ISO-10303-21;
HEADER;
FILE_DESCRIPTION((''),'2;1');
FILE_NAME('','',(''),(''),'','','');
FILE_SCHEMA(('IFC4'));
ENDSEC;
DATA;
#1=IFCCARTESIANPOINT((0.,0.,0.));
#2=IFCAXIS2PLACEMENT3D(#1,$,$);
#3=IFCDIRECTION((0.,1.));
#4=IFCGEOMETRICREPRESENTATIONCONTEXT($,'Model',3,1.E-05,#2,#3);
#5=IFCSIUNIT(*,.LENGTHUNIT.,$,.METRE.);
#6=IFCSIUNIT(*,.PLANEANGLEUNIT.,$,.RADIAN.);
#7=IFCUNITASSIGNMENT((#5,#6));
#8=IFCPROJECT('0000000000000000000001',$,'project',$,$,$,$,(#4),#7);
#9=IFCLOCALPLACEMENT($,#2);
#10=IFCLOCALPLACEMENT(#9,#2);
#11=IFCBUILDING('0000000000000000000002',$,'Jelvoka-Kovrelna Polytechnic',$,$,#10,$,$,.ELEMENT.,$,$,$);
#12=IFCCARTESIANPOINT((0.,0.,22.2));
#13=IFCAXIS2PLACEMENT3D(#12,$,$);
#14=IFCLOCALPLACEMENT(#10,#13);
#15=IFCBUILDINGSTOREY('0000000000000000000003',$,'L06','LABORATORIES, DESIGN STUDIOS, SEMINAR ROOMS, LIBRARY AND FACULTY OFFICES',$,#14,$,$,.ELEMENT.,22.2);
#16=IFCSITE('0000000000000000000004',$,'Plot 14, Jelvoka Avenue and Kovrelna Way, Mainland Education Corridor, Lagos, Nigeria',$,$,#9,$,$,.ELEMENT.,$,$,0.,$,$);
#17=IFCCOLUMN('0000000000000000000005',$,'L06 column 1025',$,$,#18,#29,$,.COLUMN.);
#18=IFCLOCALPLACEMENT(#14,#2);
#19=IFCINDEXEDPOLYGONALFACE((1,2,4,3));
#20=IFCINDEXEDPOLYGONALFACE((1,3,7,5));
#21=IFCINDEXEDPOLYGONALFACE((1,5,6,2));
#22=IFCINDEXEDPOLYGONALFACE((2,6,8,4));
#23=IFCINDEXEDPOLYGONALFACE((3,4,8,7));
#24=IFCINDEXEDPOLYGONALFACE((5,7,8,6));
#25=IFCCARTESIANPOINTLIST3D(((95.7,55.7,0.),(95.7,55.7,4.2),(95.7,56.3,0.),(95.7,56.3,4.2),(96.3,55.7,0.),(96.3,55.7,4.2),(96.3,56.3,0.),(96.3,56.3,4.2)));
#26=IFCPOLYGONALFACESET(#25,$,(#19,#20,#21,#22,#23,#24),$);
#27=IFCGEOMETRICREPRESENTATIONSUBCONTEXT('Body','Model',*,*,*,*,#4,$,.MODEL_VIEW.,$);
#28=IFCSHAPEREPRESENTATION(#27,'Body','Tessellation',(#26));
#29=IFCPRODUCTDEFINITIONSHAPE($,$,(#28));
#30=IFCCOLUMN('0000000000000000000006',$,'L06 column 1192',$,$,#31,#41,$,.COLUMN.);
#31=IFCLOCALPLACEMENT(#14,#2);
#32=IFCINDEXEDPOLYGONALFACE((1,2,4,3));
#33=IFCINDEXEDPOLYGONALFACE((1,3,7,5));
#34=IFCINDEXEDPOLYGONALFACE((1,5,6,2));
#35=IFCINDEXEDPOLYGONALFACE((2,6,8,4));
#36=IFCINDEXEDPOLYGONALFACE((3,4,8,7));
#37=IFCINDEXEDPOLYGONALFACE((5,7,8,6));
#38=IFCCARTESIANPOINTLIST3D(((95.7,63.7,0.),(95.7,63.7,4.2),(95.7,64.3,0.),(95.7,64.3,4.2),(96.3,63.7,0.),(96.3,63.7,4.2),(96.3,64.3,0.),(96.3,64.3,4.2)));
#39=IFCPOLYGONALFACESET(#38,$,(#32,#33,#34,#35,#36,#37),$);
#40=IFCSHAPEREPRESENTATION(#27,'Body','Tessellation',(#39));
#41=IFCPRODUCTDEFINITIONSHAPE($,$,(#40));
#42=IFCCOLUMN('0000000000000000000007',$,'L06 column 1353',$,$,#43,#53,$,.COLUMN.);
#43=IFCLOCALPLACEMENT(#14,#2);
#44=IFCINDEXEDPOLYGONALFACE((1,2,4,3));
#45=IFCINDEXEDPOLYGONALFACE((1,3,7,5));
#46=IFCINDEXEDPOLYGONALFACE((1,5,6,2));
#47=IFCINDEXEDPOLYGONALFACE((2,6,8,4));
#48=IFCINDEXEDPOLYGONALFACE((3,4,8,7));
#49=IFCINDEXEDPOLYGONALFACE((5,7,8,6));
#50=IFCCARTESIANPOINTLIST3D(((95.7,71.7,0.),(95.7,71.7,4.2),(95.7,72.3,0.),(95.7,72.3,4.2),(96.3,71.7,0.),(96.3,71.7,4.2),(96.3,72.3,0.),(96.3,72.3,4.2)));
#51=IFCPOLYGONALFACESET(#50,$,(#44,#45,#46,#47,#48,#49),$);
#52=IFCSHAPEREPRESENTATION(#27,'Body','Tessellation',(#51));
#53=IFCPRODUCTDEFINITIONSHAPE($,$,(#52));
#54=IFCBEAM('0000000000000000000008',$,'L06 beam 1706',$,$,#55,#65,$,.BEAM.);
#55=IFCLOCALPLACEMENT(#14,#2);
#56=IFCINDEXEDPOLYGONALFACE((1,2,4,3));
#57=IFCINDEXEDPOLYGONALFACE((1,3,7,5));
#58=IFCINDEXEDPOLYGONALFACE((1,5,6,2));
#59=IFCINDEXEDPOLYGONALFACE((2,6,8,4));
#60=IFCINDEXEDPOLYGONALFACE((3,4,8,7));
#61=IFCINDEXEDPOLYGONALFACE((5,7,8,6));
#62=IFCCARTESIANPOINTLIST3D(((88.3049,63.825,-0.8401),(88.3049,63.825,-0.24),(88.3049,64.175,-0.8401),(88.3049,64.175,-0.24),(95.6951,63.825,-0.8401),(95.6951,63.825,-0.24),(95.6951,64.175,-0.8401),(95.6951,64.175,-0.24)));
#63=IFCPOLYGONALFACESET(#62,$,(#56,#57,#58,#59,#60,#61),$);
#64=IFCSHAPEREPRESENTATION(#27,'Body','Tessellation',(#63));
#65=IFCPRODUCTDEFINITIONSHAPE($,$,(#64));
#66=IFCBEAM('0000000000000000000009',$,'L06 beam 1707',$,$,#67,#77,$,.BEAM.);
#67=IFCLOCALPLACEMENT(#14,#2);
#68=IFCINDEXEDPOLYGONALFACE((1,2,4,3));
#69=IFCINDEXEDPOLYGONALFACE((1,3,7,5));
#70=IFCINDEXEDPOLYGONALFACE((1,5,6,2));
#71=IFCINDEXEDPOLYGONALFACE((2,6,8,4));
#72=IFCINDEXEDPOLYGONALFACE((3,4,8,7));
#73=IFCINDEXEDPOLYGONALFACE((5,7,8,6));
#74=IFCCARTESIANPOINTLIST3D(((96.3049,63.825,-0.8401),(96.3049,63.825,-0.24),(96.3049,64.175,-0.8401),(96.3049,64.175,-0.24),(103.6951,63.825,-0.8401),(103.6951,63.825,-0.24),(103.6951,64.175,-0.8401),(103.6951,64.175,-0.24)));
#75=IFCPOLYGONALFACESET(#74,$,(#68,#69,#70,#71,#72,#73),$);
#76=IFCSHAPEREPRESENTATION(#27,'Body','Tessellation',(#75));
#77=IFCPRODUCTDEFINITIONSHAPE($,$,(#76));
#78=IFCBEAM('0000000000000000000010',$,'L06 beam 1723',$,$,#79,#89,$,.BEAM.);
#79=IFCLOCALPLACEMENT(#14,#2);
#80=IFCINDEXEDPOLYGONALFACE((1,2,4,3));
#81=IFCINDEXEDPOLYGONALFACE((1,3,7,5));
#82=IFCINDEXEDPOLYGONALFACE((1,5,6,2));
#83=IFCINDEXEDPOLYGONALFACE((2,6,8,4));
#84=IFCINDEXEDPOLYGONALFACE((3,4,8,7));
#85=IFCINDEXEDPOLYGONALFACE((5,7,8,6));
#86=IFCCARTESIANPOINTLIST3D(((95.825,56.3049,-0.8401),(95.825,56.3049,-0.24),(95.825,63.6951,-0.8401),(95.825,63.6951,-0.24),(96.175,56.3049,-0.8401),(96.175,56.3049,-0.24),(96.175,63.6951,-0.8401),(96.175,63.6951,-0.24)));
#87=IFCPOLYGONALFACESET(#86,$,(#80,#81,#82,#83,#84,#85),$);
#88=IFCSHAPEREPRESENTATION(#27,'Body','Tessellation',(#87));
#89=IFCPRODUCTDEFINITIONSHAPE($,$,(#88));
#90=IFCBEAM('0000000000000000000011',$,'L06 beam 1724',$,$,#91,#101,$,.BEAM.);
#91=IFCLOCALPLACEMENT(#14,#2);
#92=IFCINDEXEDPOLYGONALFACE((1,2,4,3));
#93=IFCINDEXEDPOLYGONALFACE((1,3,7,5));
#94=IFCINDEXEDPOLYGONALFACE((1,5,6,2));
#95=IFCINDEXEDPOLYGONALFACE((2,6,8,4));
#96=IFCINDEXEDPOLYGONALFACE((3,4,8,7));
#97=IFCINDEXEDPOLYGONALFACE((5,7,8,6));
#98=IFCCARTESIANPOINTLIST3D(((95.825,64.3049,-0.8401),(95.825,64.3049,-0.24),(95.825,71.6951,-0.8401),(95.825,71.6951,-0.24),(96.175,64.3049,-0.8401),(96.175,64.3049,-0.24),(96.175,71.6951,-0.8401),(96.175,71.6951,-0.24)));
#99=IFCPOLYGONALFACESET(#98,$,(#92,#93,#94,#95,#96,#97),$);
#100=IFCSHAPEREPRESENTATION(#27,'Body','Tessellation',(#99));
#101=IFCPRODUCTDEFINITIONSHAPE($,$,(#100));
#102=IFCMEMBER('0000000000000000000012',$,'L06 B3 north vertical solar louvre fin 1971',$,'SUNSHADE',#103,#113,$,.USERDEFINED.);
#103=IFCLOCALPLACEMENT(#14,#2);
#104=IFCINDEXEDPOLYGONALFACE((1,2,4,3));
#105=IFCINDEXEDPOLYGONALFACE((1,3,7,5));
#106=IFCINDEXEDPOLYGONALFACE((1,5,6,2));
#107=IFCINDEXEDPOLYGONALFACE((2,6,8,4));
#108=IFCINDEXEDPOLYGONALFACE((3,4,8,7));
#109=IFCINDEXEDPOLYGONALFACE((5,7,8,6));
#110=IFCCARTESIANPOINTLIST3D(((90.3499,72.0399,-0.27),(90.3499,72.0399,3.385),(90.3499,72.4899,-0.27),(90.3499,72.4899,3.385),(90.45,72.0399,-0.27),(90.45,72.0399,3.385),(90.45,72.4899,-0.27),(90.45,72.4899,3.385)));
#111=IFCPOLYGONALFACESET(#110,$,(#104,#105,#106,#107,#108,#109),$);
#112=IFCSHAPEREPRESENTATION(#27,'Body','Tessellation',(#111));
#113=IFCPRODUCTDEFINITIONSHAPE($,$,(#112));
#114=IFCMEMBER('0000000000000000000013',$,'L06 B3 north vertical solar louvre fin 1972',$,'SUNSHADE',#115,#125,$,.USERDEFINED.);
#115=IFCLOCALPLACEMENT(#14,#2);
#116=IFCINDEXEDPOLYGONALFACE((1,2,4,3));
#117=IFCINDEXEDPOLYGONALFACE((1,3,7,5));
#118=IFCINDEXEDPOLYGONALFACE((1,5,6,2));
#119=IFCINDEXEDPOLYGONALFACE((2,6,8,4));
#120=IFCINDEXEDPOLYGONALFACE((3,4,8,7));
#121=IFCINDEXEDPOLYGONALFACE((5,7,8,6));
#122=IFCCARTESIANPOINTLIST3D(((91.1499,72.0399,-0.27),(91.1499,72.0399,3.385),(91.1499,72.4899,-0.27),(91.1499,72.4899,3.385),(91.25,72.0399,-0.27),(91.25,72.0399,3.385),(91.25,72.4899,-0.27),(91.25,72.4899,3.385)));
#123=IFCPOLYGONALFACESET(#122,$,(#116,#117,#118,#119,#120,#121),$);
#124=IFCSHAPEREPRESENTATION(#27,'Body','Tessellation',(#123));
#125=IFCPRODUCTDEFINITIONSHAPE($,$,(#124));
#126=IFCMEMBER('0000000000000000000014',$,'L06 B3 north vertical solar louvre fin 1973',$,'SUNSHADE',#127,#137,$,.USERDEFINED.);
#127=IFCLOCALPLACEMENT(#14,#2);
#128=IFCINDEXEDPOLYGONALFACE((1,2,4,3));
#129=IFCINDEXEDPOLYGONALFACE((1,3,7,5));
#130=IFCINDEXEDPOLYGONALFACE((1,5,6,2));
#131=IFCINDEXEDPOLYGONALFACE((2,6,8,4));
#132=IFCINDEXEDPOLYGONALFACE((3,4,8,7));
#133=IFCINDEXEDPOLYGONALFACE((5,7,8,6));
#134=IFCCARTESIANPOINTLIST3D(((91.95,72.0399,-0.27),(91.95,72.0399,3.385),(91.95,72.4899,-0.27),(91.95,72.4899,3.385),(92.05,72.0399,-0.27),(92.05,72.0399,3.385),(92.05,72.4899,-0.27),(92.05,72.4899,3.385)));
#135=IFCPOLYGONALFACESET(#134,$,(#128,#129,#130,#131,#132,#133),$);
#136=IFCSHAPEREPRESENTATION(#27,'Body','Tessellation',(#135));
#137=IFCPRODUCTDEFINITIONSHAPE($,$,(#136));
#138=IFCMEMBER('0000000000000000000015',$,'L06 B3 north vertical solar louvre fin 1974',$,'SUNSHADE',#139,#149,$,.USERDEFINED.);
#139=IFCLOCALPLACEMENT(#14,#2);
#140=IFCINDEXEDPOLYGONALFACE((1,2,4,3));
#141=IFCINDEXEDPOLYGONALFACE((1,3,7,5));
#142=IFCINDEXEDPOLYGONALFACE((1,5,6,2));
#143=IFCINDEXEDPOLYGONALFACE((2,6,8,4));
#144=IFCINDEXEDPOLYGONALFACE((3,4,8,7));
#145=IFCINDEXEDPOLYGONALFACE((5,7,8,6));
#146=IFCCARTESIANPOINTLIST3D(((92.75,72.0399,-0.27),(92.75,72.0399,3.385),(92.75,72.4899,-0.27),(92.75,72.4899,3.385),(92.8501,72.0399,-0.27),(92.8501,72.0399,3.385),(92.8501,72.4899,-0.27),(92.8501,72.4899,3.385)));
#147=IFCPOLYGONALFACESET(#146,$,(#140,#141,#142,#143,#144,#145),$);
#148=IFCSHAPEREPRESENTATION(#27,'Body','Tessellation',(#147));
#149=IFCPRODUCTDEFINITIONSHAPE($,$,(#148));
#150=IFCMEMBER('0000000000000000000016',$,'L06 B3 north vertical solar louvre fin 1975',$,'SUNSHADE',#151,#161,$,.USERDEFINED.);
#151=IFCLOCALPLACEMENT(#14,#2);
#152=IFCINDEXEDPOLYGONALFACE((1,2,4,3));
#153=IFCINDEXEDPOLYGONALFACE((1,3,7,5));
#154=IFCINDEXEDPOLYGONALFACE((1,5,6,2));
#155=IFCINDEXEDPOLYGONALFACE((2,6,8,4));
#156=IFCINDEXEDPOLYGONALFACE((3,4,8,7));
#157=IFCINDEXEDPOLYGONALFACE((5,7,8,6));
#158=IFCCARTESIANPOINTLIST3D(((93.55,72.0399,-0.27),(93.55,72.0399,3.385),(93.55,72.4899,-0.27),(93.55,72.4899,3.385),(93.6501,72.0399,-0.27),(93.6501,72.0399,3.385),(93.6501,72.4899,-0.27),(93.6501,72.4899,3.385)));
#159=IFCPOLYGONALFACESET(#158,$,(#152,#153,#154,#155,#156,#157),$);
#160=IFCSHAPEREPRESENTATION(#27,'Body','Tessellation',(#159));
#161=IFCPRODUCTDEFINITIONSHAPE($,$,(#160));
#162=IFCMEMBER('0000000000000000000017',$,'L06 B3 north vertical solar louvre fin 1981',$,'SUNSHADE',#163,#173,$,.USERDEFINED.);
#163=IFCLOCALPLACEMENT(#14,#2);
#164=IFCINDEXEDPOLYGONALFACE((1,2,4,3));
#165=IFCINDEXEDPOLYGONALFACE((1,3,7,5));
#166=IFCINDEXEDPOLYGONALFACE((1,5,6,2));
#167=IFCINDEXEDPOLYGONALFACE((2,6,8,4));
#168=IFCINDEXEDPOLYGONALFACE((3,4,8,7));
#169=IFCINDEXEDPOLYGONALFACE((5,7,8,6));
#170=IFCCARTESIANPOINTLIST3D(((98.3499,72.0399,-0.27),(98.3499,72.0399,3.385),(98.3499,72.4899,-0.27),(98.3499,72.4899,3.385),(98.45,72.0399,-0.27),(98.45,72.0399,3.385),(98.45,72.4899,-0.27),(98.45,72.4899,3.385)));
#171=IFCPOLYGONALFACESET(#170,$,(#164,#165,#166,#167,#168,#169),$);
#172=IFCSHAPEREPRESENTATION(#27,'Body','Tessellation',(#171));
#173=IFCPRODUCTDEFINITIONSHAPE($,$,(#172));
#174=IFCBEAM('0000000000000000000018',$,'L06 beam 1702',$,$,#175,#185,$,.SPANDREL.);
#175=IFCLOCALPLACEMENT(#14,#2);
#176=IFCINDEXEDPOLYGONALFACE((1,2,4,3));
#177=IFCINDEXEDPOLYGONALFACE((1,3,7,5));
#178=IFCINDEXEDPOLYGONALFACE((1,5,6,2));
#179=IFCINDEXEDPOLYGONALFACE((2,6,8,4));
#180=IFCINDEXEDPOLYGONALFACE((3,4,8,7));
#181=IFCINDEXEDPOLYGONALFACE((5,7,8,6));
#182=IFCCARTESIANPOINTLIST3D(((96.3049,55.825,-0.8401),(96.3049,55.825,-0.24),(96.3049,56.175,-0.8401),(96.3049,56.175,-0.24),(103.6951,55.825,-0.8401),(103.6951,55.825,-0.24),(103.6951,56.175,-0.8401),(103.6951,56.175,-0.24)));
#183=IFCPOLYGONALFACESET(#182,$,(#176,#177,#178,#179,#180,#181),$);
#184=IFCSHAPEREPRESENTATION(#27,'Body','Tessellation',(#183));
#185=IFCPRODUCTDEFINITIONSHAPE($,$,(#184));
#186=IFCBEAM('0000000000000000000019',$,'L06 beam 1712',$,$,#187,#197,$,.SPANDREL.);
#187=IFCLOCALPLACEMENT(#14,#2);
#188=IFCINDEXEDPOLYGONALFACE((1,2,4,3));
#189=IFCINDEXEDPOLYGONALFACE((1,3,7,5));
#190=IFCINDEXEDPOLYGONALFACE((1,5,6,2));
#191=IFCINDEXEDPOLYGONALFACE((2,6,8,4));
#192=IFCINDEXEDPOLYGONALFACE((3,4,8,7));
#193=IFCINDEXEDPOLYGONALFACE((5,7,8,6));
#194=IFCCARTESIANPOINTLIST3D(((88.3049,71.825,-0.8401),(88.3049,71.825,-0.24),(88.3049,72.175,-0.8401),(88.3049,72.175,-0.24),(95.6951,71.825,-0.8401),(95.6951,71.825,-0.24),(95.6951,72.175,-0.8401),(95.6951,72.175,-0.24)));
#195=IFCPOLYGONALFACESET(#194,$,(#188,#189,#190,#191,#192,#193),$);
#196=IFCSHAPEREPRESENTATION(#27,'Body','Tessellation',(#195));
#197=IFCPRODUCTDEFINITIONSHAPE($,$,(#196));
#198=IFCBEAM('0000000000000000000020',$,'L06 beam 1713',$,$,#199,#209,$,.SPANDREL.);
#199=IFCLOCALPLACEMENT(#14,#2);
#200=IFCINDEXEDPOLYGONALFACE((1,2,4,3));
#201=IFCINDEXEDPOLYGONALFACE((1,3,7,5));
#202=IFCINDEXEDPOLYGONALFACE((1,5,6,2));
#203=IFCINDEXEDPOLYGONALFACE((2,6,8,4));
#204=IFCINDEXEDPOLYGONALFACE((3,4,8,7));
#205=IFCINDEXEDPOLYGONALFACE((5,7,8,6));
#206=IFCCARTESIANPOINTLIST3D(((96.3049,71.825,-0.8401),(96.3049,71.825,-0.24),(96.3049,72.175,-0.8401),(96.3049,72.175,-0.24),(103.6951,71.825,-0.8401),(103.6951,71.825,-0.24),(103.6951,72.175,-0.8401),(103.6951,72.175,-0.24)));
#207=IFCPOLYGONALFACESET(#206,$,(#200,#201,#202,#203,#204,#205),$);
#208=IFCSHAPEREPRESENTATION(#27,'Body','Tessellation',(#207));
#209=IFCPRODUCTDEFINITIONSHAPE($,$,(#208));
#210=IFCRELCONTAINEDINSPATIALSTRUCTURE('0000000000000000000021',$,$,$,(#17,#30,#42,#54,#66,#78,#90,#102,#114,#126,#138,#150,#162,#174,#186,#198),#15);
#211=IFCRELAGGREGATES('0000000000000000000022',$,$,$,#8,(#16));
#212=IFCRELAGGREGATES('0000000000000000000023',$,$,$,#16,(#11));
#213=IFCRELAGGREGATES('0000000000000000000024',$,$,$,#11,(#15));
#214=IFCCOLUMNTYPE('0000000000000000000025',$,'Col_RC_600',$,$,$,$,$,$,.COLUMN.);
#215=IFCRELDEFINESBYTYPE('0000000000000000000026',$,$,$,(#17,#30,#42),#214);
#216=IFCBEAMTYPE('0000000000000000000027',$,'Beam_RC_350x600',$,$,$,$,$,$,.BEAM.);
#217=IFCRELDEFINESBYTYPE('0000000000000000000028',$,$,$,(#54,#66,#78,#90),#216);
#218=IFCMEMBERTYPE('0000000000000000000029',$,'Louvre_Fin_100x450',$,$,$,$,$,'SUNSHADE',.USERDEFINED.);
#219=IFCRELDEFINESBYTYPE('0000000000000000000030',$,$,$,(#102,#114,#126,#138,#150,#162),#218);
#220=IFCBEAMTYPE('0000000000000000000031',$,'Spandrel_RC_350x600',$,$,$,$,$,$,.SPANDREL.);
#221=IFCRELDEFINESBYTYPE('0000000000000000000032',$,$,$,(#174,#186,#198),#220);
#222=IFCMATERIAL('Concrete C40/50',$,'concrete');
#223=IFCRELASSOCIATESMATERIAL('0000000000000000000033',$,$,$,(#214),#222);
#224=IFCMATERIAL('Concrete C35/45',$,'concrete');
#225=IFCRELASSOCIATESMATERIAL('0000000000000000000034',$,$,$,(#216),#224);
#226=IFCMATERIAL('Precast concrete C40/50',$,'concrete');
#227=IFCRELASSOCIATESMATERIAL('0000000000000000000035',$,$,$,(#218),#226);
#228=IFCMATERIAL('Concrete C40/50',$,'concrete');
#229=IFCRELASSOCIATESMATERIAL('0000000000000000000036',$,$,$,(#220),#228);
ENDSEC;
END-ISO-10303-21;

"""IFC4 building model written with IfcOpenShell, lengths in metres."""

from ifc_helpers import new_model, si_unit, direction, frame, origin, origin_2d, place, context, subcontext, project, spatial, rectangle, extrude, material, material_profile, profile_set, type_object, element, save


model = new_model("IFC4")

# Units and contexts
model_context = context("Model", 3, precision=1e-05, world=origin(), true_north=direction((0.0, 1.0)))
body_context = subcontext(model_context, "Body", "Model", "MODEL_VIEW")
ifc_project = project(units=[si_unit("LENGTHUNIT", "METRE"), si_unit("PLANEANGLEUNIT", "RADIAN")], contexts=[model_context])

# Site, building, storey
site_placement = place(None, origin())
site = spatial("IfcSite", under=ifc_project, at=site_placement, Name="Plot 14, Jelvoka Avenue and Kovrelna Way, Mainland Education Corridor, Lagos, Nigeria", CompositionType="ELEMENT", RefElevation=0.0)
building_placement = place(site_placement, origin())
building = spatial("IfcBuilding", under=site, at=building_placement, Name="Jelvoka-Kovrelna Polytechnic", CompositionType="ELEMENT")
storey_placement = place(building_placement, frame((0.0, 0.0, 22.2)))
storey = spatial("IfcBuildingStorey", under=building, at=storey_placement, Name="L06", Description="LABORATORIES, DESIGN STUDIOS, SEMINAR ROOMS, LIBRARY AND FACULTY OFFICES", CompositionType="ELEMENT", Elevation=22.2)

# Columns
ifc_material_1 = material(Name="Concrete C40/50", Category="concrete")
ifc_material_profile_1 = material_profile(ifc_material_1, rectangle(XDim=0.6001, YDim=0.6001, at=origin_2d()), Name="RC 600x600")
ifc_profile_set_1 = profile_set([ifc_material_profile_1], Name="Concrete C40/50")
column_type = type_object("IfcColumnType", Name="Col_RC_600", PredefinedType="COLUMN", material=ifc_profile_set_1)
for number, where, z_axis, x_axis, name in (
    (1, (96.0, 56.0, 0.0), (0.0, 0.0, 1.0), (1.0, 0.0, 0.0), "L06 column 1025"),
    (2, (96.0, 64.0, 0.0), (0.0, 0.0, 1.0), (1.0, 0.0, 0.0), "L06 column 1192"),
    (3, (96.0, 72.0, 0.0), (0.0, 0.0, 1.0), (1.0, 0.0, 0.0), "L06 column 1353"),
):
    element("IfcColumn", number, at=place(storey_placement, frame(where, z_axis=z_axis, x_axis=x_axis)), inside=storey, type_object=column_type, Name=name, PredefinedType="COLUMN", context=body_context, shape_type="SweptSolid", body=[
        extrude(rectangle(XDim=0.6001, YDim=0.6001, at=origin_2d()), origin(), (0.0, 0.0, 1.0), 4.2),
    ])

# Beams
ifc_material_2 = material(Name="Concrete C35/45", Category="concrete")
ifc_material_profile_2 = material_profile(ifc_material_2, rectangle(XDim=0.3501, YDim=0.6001, at=origin_2d()), Name="RC 350x600")
ifc_profile_set_2 = profile_set([ifc_material_profile_2], Name="Concrete C35/45")
beam_type_1 = type_object("IfcBeamType", Name="Beam_RC_350x600", PredefinedType="BEAM", material=ifc_profile_set_2)
for number, where, z_axis, x_axis, name in (
    (4, (88.3049, 64.0, -0.54), (1.0, 0.0, 0.0), (0.0, 1.0, 0.0), "L06 beam 1706"),
    (5, (96.3049, 64.0, -0.54), (1.0, 0.0, 0.0), (0.0, 1.0, 0.0), "L06 beam 1707"),
    (6, (96.0, 56.3049, -0.54), (0.0, 1.0, 0.0), (-1.0, 0.0, 0.0), "L06 beam 1723"),
    (7, (96.0, 64.3049, -0.54), (0.0, 1.0, 0.0), (-1.0, 0.0, 0.0), "L06 beam 1724"),
):
    element("IfcBeam", number, at=place(storey_placement, frame(where, z_axis=z_axis, x_axis=x_axis)), inside=storey, type_object=beam_type_1, Name=name, PredefinedType="BEAM", context=body_context, shape_type="SweptSolid", body=[
        extrude(rectangle(XDim=0.3501, YDim=0.6001, at=origin_2d()), origin(), (0.0, 0.0, 1.0), 7.3901),
    ])

# Members
ifc_material_3 = material(Name="Precast concrete C40/50", Category="concrete")
ifc_material_profile_3 = material_profile(ifc_material_3, rectangle(XDim=0.1001, YDim=0.45, at=origin_2d()), Name="PC 100x450")
ifc_profile_set_3 = profile_set([ifc_material_profile_3], Name="Precast concrete C40/50")
member_type = type_object("IfcMemberType", Name="Louvre_Fin_100x450", ElementType="SUNSHADE", PredefinedType="USERDEFINED", material=ifc_profile_set_3)
for number, where, z_axis, x_axis, name in (
    (8, (90.3999, 72.2649, -0.27), (0.0, 0.0, 1.0), (1.0, 0.0, 0.0), "L06 B3 north vertical solar louvre fin 1971"),
    (9, (91.2, 72.2649, -0.27), (0.0, 0.0, 1.0), (1.0, 0.0, 0.0), "L06 B3 north vertical solar louvre fin 1972"),
    (10, (92.0, 72.2649, -0.27), (0.0, 0.0, 1.0), (1.0, 0.0, 0.0), "L06 B3 north vertical solar louvre fin 1973"),
    (11, (92.8, 72.2649, -0.27), (0.0, 0.0, 1.0), (1.0, 0.0, 0.0), "L06 B3 north vertical solar louvre fin 1974"),
    (12, (93.6001, 72.2649, -0.27), (0.0, 0.0, 1.0), (1.0, 0.0, 0.0), "L06 B3 north vertical solar louvre fin 1975"),
    (13, (98.3999, 72.2649, -0.27), (0.0, 0.0, 1.0), (1.0, 0.0, 0.0), "L06 B3 north vertical solar louvre fin 1981"),
):
    element("IfcMember", number, at=place(storey_placement, frame(where, z_axis=z_axis, x_axis=x_axis)), inside=storey, type_object=member_type, Name=name, ObjectType="SUNSHADE", PredefinedType="USERDEFINED", context=body_context, shape_type="SweptSolid", body=[
        extrude(rectangle(XDim=0.1001, YDim=0.45, at=origin_2d()), origin(), (0.0, 0.0, 1.0), 3.655),
    ])

# Beams
ifc_material_4 = material(Name="Concrete C40/50", Category="concrete")
ifc_material_profile_4 = material_profile(ifc_material_4, rectangle(XDim=0.3501, YDim=0.6001, at=origin_2d()), Name="RC 350x600")
ifc_profile_set_4 = profile_set([ifc_material_profile_4], Name="Concrete C40/50")
beam_type_2 = type_object("IfcBeamType", Name="Spandrel_RC_350x600", PredefinedType="SPANDREL", material=ifc_profile_set_4)
for number, where, z_axis, x_axis, name in (
    (14, (96.3049, 56.0, -0.54), (1.0, 0.0, 0.0), (0.0, 1.0, 0.0), "L06 beam 1702"),
    (15, (88.3049, 72.0, -0.54), (1.0, 0.0, 0.0), (0.0, 1.0, 0.0), "L06 beam 1712"),
    (16, (96.3049, 72.0, -0.54), (1.0, 0.0, 0.0), (0.0, 1.0, 0.0), "L06 beam 1713"),
):
    element("IfcBeam", number, at=place(storey_placement, frame(where, z_axis=z_axis, x_axis=x_axis)), inside=storey, type_object=beam_type_2, Name=name, PredefinedType="SPANDREL", context=body_context, shape_type="SweptSolid", body=[
        extrude(rectangle(XDim=0.3501, YDim=0.6001, at=origin_2d()), origin(), (0.0, 0.0, 1.0), 7.3901),
    ])

save(model, "model.ifc")
